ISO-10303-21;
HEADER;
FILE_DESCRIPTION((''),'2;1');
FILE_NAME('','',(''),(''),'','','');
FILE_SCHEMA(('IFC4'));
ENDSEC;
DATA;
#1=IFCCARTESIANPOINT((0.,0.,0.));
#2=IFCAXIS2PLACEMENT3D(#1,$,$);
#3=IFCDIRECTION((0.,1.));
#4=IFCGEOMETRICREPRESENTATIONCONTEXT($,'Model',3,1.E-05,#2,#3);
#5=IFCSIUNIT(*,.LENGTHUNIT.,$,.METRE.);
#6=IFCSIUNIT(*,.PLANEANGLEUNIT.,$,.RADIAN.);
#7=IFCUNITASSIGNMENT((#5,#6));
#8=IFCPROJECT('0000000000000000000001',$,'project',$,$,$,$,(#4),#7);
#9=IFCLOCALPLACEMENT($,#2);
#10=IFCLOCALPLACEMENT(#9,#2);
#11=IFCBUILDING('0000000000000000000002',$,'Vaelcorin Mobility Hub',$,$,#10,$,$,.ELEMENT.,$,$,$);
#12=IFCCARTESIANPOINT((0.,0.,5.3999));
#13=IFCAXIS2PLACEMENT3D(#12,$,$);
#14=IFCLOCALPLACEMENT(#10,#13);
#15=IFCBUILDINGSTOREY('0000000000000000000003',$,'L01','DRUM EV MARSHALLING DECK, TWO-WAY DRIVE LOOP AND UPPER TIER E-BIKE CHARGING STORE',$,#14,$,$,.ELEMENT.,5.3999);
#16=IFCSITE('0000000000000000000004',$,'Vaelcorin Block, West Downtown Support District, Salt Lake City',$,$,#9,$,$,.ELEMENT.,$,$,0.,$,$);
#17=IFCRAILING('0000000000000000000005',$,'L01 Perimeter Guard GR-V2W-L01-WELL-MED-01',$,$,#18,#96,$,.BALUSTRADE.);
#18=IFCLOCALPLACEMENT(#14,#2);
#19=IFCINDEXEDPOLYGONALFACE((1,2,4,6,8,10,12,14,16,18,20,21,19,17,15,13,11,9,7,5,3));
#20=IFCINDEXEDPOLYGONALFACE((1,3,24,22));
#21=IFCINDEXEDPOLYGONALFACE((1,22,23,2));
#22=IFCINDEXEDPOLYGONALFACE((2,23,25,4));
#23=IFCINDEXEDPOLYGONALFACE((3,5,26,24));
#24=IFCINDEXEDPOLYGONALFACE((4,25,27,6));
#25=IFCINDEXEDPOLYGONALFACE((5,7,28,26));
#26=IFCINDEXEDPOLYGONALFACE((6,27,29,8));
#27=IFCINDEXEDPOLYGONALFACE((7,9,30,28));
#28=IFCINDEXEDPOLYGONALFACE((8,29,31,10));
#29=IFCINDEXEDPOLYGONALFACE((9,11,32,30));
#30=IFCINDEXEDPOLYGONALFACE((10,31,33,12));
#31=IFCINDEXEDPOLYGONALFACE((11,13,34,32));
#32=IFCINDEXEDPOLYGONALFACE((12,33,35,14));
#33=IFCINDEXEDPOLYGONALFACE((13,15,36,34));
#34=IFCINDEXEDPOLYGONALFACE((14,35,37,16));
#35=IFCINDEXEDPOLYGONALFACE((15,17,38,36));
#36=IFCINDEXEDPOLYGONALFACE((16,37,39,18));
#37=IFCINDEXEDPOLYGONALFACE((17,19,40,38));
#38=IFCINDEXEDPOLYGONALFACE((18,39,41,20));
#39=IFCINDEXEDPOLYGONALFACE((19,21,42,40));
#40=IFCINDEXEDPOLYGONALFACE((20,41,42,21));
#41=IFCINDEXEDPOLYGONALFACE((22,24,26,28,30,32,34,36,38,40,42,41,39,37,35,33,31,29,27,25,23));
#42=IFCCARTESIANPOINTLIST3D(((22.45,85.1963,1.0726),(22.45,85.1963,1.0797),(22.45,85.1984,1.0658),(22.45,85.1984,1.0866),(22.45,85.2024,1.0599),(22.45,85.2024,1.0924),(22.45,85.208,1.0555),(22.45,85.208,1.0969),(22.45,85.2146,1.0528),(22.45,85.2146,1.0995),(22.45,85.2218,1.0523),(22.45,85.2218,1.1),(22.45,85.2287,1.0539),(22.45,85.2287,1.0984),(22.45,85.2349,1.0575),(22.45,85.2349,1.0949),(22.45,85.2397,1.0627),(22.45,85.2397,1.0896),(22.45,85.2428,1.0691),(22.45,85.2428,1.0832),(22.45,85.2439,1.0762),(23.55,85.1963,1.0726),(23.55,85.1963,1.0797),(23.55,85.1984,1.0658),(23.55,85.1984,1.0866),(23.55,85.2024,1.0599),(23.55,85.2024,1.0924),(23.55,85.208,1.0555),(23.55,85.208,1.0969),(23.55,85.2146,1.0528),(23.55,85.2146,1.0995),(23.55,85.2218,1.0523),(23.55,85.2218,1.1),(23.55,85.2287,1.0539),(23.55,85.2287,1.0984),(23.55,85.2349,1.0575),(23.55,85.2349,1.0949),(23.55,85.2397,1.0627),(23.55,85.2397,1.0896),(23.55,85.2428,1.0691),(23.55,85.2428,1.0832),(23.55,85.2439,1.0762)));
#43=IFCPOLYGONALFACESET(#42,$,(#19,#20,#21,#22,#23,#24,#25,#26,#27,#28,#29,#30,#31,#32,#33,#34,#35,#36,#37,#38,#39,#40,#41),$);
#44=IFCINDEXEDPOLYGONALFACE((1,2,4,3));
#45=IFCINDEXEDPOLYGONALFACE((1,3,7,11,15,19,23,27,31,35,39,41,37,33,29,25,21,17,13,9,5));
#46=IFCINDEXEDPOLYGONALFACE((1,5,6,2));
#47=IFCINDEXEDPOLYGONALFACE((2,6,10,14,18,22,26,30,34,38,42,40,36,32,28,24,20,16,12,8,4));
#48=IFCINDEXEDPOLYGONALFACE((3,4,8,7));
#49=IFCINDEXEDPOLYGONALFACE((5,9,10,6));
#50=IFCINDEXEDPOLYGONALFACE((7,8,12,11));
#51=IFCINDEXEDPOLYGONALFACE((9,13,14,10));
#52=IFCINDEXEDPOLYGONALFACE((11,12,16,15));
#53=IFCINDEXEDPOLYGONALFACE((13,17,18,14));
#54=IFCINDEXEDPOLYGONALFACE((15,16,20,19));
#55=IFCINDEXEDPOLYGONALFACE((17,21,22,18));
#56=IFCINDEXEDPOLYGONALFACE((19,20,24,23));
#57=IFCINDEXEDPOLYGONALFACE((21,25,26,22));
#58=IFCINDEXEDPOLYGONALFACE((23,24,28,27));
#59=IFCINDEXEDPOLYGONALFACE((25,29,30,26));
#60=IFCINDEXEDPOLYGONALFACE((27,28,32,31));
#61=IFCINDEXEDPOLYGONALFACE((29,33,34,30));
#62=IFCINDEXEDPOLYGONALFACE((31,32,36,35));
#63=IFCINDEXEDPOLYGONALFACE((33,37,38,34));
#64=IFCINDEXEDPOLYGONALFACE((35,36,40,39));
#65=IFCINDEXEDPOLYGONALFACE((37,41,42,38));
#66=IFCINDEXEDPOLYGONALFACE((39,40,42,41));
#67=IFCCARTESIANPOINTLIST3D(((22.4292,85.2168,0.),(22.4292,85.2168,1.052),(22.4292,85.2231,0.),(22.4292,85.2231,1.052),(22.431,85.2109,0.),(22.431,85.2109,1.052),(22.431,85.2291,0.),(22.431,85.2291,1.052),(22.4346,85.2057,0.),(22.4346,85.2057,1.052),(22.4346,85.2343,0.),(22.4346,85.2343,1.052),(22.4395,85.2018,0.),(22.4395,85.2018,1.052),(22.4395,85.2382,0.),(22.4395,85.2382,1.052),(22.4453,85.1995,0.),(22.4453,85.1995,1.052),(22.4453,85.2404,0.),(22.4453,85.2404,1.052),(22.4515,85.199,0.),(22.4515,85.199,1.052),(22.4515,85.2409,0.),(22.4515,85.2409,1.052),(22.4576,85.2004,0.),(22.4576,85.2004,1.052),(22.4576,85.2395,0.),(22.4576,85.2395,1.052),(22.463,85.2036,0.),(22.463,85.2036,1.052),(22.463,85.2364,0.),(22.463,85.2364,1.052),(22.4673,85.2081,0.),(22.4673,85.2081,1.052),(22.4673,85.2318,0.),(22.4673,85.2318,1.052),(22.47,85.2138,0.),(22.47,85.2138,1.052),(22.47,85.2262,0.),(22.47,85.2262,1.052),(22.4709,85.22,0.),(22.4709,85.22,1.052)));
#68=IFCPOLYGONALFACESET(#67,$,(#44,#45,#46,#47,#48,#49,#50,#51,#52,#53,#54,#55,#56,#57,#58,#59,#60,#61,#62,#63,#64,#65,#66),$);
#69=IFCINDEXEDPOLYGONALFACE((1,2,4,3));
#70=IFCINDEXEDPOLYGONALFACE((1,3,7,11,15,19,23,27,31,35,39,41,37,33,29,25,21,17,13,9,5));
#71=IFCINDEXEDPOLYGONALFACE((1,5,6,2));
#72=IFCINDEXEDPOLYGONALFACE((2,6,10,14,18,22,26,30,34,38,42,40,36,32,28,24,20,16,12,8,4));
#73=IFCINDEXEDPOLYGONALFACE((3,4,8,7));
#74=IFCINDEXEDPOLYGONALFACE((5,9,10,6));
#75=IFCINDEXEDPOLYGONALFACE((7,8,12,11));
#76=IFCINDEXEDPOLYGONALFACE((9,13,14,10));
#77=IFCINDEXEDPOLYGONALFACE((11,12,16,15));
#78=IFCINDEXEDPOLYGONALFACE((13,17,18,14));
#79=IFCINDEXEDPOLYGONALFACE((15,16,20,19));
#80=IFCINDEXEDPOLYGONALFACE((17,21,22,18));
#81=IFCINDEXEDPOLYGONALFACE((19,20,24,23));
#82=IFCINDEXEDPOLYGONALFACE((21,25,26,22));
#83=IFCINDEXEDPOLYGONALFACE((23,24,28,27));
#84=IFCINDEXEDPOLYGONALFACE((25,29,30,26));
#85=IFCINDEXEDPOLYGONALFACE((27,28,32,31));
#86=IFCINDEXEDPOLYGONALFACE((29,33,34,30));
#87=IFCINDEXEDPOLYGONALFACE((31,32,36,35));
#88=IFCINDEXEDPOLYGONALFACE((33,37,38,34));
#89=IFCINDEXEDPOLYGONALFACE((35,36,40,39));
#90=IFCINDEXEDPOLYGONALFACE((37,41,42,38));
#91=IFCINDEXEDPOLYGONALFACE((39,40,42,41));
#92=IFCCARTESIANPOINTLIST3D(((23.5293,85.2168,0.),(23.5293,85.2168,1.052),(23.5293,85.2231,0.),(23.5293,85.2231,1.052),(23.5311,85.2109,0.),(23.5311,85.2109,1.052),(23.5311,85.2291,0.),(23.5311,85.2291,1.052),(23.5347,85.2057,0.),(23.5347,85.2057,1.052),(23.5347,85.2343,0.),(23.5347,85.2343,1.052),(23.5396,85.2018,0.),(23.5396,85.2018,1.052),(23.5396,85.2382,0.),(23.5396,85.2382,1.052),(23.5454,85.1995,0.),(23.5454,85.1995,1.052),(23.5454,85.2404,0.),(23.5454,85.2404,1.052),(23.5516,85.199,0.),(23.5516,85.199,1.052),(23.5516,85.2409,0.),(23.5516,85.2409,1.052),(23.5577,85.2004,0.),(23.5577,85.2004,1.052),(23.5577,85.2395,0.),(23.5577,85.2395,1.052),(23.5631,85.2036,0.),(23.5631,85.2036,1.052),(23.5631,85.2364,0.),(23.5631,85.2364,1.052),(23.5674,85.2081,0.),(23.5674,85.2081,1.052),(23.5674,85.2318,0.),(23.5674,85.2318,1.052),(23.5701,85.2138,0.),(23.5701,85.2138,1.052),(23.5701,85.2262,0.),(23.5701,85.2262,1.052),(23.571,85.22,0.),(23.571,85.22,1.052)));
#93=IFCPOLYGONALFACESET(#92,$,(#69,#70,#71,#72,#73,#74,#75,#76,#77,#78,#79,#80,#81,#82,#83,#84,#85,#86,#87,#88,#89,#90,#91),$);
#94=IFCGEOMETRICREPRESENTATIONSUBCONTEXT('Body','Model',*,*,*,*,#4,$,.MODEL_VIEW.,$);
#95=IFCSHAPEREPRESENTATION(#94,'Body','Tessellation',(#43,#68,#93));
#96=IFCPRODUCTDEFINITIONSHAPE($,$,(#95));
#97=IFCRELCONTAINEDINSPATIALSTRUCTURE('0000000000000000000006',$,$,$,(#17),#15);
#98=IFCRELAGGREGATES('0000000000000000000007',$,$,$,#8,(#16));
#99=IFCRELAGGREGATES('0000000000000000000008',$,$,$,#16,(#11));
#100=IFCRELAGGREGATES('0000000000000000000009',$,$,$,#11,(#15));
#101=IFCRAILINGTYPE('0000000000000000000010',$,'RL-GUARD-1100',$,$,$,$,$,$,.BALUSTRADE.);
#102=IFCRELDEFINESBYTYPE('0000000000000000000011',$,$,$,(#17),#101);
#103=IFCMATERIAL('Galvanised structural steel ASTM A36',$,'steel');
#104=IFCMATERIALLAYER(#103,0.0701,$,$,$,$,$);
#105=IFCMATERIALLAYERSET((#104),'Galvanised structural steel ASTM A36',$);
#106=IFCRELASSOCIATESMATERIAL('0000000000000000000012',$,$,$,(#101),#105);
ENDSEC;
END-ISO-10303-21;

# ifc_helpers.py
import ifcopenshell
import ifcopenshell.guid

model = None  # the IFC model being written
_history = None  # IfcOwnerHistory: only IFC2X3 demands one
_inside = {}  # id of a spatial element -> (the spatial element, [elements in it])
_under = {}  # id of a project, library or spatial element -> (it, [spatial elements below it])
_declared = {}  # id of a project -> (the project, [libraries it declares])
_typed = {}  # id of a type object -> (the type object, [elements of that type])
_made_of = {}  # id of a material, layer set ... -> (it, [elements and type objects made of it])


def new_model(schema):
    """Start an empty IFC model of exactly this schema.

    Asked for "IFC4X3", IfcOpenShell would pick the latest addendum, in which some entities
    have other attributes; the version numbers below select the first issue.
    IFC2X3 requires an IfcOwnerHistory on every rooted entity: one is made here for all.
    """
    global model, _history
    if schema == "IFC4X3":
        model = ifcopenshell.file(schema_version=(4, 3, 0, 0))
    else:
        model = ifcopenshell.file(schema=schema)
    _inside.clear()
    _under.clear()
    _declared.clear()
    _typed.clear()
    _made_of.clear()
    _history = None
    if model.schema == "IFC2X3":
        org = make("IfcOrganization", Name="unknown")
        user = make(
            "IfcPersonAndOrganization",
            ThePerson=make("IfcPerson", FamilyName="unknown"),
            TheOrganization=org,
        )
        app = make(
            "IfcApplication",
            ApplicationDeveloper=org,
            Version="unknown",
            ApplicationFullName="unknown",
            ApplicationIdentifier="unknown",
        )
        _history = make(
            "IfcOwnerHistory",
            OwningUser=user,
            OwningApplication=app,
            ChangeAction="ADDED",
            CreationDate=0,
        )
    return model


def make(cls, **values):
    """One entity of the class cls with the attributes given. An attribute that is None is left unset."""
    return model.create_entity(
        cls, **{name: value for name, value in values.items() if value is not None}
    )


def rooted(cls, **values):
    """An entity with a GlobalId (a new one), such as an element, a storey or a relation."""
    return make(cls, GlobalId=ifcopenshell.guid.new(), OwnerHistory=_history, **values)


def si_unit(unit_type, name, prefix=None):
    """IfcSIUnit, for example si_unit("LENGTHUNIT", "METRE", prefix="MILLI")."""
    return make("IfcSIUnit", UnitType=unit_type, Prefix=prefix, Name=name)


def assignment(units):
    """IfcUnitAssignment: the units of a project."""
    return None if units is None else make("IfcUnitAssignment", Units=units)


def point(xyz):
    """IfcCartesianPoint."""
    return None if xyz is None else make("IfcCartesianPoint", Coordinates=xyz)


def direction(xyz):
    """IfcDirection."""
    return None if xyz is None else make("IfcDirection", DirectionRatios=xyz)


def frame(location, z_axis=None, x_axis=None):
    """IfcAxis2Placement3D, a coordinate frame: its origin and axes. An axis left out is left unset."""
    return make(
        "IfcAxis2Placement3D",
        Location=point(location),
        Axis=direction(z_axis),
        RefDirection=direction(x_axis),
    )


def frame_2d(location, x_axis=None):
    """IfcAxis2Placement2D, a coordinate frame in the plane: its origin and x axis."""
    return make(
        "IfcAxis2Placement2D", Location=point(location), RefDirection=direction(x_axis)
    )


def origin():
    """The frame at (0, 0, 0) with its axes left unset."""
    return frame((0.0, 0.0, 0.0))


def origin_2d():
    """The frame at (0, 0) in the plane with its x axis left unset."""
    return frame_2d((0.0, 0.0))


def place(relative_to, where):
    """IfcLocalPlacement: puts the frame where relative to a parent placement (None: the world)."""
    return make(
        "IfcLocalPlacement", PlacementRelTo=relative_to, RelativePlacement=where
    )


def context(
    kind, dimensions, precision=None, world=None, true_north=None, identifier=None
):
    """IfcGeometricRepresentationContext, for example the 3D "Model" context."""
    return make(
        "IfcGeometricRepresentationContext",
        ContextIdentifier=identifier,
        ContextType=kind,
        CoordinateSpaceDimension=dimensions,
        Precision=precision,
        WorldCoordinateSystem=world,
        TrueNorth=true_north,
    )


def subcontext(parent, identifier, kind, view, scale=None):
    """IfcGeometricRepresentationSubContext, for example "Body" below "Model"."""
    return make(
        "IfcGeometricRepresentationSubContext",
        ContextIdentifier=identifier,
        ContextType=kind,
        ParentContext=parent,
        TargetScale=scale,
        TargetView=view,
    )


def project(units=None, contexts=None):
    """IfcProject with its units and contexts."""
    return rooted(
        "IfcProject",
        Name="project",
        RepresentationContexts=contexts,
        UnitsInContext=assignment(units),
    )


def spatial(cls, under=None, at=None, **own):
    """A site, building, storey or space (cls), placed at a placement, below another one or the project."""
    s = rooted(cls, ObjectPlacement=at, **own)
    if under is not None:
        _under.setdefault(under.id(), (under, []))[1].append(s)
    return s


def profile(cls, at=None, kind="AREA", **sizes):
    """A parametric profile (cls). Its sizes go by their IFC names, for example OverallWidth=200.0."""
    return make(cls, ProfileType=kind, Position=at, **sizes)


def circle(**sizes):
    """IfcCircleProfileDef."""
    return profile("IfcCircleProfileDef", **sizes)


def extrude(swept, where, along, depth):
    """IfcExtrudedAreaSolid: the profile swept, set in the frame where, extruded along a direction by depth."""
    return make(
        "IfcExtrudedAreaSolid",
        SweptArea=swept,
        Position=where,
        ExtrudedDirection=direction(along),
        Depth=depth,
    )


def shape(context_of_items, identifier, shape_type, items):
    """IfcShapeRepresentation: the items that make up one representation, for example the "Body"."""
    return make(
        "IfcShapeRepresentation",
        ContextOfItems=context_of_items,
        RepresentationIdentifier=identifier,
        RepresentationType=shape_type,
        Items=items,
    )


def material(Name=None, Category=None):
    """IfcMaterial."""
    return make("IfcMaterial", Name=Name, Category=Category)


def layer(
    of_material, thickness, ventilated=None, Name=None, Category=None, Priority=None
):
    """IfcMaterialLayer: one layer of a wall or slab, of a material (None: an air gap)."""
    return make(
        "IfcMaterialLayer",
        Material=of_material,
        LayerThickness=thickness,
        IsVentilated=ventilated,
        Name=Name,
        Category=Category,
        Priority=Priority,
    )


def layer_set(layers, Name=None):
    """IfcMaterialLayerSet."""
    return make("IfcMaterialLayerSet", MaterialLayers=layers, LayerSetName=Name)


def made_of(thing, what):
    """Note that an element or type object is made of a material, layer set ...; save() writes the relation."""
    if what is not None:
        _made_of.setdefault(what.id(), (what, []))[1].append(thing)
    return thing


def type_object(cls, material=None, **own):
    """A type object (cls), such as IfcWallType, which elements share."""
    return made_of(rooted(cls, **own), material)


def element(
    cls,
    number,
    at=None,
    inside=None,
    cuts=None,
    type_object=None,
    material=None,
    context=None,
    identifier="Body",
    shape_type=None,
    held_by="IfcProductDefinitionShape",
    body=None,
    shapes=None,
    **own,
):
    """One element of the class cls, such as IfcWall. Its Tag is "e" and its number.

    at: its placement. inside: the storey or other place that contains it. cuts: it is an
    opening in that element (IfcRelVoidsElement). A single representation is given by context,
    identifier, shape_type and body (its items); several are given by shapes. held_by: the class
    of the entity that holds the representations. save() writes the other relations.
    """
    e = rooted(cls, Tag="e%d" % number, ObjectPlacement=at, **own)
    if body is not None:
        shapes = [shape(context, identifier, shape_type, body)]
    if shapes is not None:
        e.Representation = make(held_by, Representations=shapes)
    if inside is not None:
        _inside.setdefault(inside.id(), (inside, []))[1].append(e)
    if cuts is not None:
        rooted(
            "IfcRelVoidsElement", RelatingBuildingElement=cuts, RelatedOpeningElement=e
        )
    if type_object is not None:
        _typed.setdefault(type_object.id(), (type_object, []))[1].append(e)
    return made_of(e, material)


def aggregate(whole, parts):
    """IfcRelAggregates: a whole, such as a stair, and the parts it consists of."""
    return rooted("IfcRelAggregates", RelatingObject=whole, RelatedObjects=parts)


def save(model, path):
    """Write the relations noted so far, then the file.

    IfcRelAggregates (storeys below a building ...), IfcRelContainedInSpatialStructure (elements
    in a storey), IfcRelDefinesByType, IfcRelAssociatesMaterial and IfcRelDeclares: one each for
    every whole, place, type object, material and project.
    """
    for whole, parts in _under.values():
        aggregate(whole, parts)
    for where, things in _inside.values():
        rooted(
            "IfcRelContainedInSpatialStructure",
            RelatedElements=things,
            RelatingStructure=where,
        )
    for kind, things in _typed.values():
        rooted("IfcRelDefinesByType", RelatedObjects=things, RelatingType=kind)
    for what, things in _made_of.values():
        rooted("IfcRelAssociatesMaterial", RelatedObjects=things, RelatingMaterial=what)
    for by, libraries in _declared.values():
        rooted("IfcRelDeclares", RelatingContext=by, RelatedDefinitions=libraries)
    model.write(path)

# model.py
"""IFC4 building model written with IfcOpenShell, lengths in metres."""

from ifc_helpers import new_model, si_unit, direction, frame, origin, origin_2d, place, context, subcontext, project, spatial, circle, extrude, material, layer, layer_set, type_object, element, save


model = new_model("IFC4")

# Units and contexts
model_context = context("Model", 3, precision=1e-05, world=origin(), true_north=direction((0.0, 1.0)))
body_context = subcontext(model_context, "Body", "Model", "MODEL_VIEW")
ifc_project = project(units=[si_unit("LENGTHUNIT", "METRE"), si_unit("PLANEANGLEUNIT", "RADIAN")], contexts=[model_context])

# Site, building, storey
site_placement = place(None, origin())
site = spatial("IfcSite", under=ifc_project, at=site_placement, Name="Vaelcorin Block, West Downtown Support District, Salt Lake City", CompositionType="ELEMENT", RefElevation=0.0)
building_placement = place(site_placement, origin())
building = spatial("IfcBuilding", under=site, at=building_placement, Name="Vaelcorin Mobility Hub", CompositionType="ELEMENT")
storey_placement = place(building_placement, frame((0.0, 0.0, 5.3999)))
storey = spatial("IfcBuildingStorey", under=building, at=storey_placement, Name="L01", Description="DRUM EV MARSHALLING DECK, TWO-WAY DRIVE LOOP AND UPPER TIER E-BIKE CHARGING STORE", CompositionType="ELEMENT", Elevation=5.3999)

# Railing
ifc_material_1 = material(Name="Galvanised structural steel ASTM A36", Category="steel")
ifc_layer_1 = layer(ifc_material_1, 0.0701)
ifc_layer_set_1 = layer_set([ifc_layer_1], Name="Galvanised structural steel ASTM A36")
railing_type_1 = type_object("IfcRailingType", Name="RL-GUARD-1100", PredefinedType="BALUSTRADE", material=ifc_layer_set_1)
railing_1_placement = place(storey_placement, frame((22.45, 85.22, 0.0)))
element("IfcRailing", 1, at=railing_1_placement, inside=storey, type_object=railing_type_1, Name="L01 Perimeter Guard GR-V2W-L01-WELL-MED-01", PredefinedType="BALUSTRADE", context=body_context, shape_type="SweptSolid", body=[
    extrude(circle(Radius=0.0239, at=origin_2d()), frame((0.0, 0.0, 1.0762), z_axis=(1.0, 0.0, 0.0), x_axis=(0.0, 1.0, 0.0)), (0.0, 0.0, 1.0), 1.1001),
    extrude(circle(Radius=0.021, at=origin_2d()), origin(), (0.0, 0.0, 1.0), 1.052),
    extrude(circle(Radius=0.021, at=origin_2d()), frame((1.1001, 0.0, 0.0)), (0.0, 0.0, 1.0), 1.052),
])

save(model, "model.ifc")
